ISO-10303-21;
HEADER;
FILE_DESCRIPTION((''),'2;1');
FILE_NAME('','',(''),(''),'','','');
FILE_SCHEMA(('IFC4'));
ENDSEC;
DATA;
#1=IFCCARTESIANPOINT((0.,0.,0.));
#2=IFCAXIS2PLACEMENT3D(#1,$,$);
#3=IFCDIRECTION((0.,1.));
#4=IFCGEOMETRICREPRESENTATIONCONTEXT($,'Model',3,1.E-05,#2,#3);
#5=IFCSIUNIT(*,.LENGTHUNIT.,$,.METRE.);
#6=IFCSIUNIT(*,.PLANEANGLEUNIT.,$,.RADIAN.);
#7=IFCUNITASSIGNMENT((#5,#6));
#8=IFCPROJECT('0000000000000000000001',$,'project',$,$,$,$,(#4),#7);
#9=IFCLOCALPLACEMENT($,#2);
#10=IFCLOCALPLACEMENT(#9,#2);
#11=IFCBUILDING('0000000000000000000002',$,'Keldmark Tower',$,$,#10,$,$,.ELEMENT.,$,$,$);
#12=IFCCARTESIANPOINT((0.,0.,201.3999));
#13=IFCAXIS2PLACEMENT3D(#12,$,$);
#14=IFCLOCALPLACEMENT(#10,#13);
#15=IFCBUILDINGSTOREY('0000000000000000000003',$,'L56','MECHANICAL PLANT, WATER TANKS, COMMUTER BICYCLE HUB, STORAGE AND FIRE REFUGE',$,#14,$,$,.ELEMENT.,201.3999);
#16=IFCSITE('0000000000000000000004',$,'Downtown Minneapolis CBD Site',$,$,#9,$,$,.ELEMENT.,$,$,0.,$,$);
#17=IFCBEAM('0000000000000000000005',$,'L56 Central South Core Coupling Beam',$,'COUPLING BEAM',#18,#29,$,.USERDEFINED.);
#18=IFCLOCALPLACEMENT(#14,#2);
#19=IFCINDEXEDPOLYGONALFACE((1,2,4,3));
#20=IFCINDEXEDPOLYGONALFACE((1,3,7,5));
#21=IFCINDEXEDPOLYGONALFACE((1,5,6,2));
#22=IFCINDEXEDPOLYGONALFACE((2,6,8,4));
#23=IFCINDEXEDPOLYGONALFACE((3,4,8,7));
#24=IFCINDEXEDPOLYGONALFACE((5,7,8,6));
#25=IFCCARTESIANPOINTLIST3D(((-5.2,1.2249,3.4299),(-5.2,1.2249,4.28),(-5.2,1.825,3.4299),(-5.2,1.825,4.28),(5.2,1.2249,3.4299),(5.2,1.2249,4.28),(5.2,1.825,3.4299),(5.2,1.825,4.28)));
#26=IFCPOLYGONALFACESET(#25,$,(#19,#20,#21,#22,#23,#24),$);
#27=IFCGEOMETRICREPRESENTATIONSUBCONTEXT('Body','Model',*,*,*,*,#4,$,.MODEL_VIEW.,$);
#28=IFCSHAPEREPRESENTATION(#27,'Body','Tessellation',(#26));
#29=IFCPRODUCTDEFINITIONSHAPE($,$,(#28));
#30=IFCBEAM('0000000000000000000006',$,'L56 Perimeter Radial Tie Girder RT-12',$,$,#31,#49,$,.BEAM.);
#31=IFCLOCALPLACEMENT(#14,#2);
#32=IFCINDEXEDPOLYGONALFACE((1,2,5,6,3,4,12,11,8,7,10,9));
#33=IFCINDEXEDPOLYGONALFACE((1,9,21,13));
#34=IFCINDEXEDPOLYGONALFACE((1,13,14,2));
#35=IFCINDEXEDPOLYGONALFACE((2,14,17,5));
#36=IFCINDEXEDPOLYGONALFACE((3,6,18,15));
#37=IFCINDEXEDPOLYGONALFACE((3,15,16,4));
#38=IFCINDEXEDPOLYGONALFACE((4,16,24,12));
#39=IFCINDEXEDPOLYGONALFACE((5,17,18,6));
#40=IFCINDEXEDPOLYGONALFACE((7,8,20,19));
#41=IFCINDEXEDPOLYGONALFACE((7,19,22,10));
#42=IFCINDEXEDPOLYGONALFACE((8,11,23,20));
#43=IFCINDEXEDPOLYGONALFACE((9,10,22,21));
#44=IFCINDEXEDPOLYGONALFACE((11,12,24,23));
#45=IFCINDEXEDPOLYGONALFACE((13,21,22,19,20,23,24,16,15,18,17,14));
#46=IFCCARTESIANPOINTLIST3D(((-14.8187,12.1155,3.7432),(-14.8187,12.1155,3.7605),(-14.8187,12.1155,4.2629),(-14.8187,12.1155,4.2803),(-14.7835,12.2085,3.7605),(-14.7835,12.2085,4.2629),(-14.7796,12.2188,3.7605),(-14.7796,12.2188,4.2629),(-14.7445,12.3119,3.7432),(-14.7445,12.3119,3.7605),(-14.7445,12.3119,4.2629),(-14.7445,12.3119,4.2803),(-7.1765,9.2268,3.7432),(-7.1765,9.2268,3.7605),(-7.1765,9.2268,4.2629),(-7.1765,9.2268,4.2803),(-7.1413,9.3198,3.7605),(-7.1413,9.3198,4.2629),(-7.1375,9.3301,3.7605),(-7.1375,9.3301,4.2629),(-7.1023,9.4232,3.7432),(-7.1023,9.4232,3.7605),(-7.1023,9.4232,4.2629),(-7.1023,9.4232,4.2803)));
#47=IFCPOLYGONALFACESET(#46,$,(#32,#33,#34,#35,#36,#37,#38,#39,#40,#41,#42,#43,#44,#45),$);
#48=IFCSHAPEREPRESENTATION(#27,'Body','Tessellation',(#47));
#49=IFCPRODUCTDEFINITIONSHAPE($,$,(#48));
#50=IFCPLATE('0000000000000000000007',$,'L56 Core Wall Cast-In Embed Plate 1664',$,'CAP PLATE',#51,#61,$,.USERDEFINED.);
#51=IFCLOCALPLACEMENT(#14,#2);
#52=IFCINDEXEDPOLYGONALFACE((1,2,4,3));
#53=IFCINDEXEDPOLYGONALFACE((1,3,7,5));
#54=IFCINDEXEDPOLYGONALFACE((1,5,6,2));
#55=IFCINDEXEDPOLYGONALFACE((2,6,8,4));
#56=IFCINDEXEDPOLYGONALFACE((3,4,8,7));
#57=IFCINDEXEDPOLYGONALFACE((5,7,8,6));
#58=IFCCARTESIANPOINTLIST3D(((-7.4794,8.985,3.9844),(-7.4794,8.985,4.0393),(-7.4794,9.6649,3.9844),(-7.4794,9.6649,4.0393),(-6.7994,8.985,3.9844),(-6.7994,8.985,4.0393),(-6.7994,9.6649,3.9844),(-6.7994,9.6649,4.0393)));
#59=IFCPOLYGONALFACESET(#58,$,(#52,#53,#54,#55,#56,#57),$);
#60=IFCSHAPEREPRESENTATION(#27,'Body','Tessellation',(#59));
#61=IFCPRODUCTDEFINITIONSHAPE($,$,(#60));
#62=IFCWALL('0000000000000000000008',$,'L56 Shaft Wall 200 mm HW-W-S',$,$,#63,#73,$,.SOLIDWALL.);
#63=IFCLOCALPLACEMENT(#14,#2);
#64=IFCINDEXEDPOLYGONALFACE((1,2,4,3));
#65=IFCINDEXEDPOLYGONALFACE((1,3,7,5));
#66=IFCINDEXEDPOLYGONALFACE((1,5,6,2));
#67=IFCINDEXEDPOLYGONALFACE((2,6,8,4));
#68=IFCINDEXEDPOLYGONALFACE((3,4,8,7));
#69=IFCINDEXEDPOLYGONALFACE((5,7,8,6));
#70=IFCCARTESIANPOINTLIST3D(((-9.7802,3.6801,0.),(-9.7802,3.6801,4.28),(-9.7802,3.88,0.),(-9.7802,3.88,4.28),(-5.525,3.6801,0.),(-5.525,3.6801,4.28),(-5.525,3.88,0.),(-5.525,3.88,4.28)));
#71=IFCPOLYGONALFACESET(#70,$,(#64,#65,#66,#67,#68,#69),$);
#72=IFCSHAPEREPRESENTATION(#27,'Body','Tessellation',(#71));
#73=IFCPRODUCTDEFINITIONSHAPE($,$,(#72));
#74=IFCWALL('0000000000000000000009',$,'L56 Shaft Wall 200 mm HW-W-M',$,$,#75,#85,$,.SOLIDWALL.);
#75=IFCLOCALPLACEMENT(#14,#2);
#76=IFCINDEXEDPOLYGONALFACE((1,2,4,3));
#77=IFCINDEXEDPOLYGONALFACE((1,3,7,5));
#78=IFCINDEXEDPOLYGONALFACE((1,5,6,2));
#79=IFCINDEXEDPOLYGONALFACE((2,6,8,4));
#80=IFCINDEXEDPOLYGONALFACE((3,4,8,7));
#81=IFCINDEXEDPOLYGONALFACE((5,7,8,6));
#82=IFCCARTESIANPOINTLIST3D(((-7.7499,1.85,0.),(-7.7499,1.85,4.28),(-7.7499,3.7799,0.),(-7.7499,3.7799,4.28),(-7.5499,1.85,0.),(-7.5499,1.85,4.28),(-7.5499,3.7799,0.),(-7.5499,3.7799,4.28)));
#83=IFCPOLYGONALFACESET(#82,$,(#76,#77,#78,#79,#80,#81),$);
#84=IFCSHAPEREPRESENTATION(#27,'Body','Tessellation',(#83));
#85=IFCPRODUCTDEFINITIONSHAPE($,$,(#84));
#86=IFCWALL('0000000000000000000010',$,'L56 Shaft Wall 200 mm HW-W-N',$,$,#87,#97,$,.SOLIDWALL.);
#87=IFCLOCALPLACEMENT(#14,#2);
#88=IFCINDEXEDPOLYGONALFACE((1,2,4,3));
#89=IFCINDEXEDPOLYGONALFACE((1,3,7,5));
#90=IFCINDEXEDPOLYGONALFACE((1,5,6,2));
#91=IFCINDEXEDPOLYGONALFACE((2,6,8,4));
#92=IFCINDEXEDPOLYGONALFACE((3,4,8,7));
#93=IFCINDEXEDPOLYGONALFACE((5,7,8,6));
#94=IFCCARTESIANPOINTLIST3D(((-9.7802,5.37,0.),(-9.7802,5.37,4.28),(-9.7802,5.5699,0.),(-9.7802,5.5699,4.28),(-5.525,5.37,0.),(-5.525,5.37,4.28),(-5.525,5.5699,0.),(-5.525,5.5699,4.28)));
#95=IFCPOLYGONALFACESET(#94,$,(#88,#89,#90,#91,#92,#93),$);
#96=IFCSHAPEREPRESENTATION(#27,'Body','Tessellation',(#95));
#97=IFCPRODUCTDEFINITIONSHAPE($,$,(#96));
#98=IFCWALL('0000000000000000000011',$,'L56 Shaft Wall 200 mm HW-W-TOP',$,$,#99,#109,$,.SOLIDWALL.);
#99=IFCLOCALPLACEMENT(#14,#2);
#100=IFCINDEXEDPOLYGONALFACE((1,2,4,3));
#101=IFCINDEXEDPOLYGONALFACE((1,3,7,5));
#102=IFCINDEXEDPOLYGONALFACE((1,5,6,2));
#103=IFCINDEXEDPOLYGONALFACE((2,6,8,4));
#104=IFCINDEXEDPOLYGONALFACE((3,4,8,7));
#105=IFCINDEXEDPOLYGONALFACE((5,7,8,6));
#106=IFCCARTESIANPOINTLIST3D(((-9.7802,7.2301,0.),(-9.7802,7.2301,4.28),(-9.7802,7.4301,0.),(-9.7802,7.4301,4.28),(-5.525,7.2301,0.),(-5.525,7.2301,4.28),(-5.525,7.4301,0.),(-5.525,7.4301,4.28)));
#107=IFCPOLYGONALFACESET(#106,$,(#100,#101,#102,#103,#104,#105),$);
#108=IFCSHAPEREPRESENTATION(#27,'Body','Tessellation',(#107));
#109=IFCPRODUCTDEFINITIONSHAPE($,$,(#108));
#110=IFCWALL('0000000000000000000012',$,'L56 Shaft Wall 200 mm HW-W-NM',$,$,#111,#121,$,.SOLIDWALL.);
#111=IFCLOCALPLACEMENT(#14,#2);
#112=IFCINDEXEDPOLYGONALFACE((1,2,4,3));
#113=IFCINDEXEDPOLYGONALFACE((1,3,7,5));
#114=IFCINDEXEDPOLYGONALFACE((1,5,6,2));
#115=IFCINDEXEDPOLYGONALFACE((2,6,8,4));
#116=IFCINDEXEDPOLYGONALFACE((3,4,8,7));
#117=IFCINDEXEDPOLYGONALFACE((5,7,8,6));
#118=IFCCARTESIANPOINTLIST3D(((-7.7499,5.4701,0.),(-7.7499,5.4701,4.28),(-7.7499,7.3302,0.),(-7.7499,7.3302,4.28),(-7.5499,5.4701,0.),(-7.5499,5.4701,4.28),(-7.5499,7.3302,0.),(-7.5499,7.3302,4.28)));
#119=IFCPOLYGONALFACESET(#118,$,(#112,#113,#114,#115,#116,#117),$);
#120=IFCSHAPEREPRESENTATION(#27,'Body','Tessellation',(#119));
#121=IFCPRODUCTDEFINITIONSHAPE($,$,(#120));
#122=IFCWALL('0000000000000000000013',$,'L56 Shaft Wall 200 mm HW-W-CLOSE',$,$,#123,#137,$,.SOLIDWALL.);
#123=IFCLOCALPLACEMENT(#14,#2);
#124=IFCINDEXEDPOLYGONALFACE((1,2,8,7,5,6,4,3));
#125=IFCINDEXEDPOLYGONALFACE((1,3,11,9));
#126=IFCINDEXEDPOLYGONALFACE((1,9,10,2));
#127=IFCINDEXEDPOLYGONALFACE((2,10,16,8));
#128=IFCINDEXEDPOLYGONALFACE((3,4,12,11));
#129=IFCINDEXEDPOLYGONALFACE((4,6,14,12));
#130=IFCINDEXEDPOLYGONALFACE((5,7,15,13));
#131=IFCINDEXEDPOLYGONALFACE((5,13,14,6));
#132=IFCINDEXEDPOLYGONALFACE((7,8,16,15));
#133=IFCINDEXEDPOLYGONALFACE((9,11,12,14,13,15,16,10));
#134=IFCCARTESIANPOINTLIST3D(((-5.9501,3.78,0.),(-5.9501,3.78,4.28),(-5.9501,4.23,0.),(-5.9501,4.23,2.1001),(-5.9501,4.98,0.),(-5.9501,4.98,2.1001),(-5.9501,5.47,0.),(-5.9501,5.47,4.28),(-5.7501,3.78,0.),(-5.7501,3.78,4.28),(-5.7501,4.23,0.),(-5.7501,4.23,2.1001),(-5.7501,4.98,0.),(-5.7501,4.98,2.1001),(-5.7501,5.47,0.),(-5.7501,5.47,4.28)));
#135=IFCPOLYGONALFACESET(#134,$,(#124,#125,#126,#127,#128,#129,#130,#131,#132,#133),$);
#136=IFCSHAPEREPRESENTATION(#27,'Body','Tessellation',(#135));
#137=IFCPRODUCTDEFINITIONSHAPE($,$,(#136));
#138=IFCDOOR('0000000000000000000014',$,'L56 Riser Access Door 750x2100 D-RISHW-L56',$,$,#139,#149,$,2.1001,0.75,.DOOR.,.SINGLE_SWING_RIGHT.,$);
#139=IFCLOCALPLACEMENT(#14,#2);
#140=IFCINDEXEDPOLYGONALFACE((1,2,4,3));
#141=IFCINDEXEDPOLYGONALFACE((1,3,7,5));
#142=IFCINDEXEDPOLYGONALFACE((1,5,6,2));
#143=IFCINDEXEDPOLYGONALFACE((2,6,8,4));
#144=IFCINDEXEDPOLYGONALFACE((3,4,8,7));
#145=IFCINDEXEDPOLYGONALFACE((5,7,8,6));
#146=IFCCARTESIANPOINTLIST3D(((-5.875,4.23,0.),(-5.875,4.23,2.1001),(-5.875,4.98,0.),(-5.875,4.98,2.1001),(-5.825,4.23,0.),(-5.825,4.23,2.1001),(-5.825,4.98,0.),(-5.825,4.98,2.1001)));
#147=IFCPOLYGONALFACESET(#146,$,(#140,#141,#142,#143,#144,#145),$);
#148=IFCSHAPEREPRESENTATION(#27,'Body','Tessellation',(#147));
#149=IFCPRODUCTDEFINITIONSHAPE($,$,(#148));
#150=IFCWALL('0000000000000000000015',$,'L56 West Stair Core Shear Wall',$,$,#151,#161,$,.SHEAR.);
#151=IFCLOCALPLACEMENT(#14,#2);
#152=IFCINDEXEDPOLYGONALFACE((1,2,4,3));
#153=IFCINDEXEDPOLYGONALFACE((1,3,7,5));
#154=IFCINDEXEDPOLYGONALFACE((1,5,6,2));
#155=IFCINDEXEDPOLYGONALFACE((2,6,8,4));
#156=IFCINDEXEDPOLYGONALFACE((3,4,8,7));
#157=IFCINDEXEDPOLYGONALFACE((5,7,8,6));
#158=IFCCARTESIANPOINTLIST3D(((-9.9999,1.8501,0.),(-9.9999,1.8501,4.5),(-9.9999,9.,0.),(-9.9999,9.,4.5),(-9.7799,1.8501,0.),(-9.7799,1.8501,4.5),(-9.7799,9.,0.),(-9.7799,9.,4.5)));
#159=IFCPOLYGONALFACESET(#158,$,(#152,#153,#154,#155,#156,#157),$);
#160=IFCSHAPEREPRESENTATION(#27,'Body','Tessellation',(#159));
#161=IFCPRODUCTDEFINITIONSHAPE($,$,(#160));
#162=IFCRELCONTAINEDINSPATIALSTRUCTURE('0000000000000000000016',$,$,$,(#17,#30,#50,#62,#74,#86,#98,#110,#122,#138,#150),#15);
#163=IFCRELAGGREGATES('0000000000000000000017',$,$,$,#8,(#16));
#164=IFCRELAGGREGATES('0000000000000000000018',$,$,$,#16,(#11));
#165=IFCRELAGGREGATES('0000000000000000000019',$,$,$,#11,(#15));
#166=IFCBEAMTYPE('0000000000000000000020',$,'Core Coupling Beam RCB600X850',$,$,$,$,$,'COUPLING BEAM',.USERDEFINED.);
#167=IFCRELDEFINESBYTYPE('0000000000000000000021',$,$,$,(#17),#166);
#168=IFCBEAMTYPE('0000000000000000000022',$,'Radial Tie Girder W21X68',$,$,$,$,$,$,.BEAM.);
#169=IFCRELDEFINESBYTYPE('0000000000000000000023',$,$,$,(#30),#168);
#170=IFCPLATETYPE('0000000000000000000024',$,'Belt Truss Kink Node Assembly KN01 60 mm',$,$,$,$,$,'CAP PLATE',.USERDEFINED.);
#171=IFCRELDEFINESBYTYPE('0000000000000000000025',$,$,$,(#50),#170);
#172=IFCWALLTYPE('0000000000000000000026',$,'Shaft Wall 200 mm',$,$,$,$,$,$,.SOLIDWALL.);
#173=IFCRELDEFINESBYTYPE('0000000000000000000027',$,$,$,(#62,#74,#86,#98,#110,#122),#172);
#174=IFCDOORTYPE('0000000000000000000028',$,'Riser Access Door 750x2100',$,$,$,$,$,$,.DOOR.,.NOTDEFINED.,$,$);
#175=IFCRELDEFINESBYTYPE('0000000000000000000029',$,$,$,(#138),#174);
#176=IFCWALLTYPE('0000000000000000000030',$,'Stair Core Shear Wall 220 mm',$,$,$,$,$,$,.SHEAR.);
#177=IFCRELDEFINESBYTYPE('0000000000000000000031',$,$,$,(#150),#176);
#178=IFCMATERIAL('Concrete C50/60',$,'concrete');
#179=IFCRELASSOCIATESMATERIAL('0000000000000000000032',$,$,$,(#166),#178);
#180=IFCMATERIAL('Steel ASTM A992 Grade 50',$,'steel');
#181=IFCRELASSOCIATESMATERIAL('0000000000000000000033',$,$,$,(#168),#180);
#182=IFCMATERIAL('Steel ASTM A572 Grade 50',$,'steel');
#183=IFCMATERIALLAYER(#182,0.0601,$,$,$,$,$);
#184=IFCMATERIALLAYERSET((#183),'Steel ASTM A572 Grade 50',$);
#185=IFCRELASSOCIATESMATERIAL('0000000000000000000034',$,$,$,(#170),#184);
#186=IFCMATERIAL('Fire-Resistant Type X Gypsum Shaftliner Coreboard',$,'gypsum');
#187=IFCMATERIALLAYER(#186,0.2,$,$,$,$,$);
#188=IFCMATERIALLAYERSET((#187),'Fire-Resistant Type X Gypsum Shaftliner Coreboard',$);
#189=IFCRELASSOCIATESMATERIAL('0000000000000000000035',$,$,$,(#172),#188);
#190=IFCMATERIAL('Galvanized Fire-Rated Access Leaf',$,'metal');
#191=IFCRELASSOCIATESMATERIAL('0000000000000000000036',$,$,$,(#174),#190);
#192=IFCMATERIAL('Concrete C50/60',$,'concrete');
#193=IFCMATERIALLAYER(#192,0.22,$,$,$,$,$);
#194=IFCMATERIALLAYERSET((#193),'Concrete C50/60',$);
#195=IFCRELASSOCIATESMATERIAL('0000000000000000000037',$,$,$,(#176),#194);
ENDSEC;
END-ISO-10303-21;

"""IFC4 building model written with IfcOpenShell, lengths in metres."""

from ifc_helpers import new_model, si_unit, direction, frame, frame_2d, origin, origin_2d, place, context, subcontext, project, spatial, rectangle, i_section, extrude, material, layer, layer_set, material_profile, profile_set, type_object, element, fill, save


model = new_model("IFC4")

# Units and contexts
model_context = context("Model", 3, precision=1e-05, world=origin(), true_north=direction((0.0, 1.0)))
body_context = subcontext(model_context, "Body", "Model", "MODEL_VIEW")
ifc_project = project(units=[si_unit("LENGTHUNIT", "METRE"), si_unit("PLANEANGLEUNIT", "RADIAN")], contexts=[model_context])

# Site, building, storey
site_placement = place(None, origin())
site = spatial("IfcSite", under=ifc_project, at=site_placement, Name="Downtown Minneapolis CBD Site", CompositionType="ELEMENT", RefElevation=0.0)
building_placement = place(site_placement, origin())
building = spatial("IfcBuilding", under=site, at=building_placement, Name="Keldmark Tower", CompositionType="ELEMENT")
storey_placement = place(building_placement, frame((0.0, 0.0, 201.3999)))
storey = spatial("IfcBuildingStorey", under=building, at=storey_placement, Name="L56", Description="MECHANICAL PLANT, WATER TANKS, COMMUTER BICYCLE HUB, STORAGE AND FIRE REFUGE", CompositionType="ELEMENT", Elevation=201.3999)

# Beams
ifc_material_1 = material(Name="Concrete C50/60", Category="concrete")
ifc_material_profile_1 = material_profile(ifc_material_1, rectangle(XDim=0.6001, YDim=0.8501, at=origin_2d()), Name="RCB600X850")
ifc_profile_set_1 = profile_set([ifc_material_profile_1], Name="Concrete C50/60")
beam_type_1 = type_object("IfcBeamType", Name="Core Coupling Beam RCB600X850", ElementType="COUPLING BEAM", PredefinedType="USERDEFINED", material=ifc_profile_set_1)
beam_1_placement = place(storey_placement, frame((-5.2, 1.5249, 3.855), z_axis=(1.0, 0.0, 0.0), x_axis=(0.0, 1.0, 0.0)))
element("IfcBeam", 1, at=beam_1_placement, inside=storey, type_object=beam_type_1, Name="L56 Central South Core Coupling Beam", ObjectType="COUPLING BEAM", PredefinedType="USERDEFINED", context=body_context, shape_type="SweptSolid", body=[
    extrude(rectangle(XDim=0.6001, YDim=0.8501, at=origin_2d()), origin(), (0.0, 0.0, 1.0), 10.3999),
])
ifc_material_2 = material(Name="Steel ASTM A992 Grade 50", Category="steel")
ifc_material_profile_2 = material_profile(ifc_material_2, i_section(OverallWidth=0.21, OverallDepth=0.5371, WebThickness=0.011, FlangeThickness=0.0173, at=origin_2d()), Name="W21X68")
ifc_profile_set_2 = profile_set([ifc_material_profile_2], Name="Steel ASTM A992 Grade 50")
beam_type_2 = type_object("IfcBeamType", Name="Radial Tie Girder W21X68", PredefinedType="BEAM", material=ifc_profile_set_2)
beam_2_placement = place(storey_placement, frame((-7.1394, 9.325, 4.0117), z_axis=(-0.935405, 0.353578, 0.0), x_axis=(-0.353578, -0.935405, 0.0)))
element("IfcBeam", 2, at=beam_2_placement, inside=storey, type_object=beam_type_2, Name="L56 Perimeter Radial Tie Girder RT-12", PredefinedType="BEAM", context=body_context, shape_type="SweptSolid", body=[
    extrude(i_section(OverallWidth=0.21, OverallDepth=0.5371, WebThickness=0.011, FlangeThickness=0.0173, at=origin_2d()), origin(), (0.0, 0.0, 1.0), 8.1699),
])

# Plate
ifc_material_3 = material(Name="Steel ASTM A572 Grade 50", Category="steel")
ifc_layer_1 = layer(ifc_material_3, 0.0601)
ifc_layer_set_1 = layer_set([ifc_layer_1], Name="Steel ASTM A572 Grade 50")
plate_type = type_object("IfcPlateType", Name="Belt Truss Kink Node Assembly KN01 60 mm", ElementType="CAP PLATE", PredefinedType="USERDEFINED", material=ifc_layer_set_1)
plate_placement = place(storey_placement, frame((-7.1394, 9.325, 3.9844), z_axis=(0.0, 0.0, 1.0), x_axis=(1.0, 0.0, 0.0)))
element("IfcPlate", 3, at=plate_placement, inside=storey, type_object=plate_type, Name="L56 Core Wall Cast-In Embed Plate 1664", ObjectType="CAP PLATE", PredefinedType="USERDEFINED", context=body_context, shape_type="SweptSolid", body=[
    extrude(rectangle(XDim=0.6799, YDim=0.6799, at=origin_2d()), origin(), (0.0, 0.0, 1.0), 0.0549),
])

# Walls
ifc_material_4 = material(Name="Fire-Resistant Type X Gypsum Shaftliner Coreboard", Category="gypsum")
ifc_layer_2 = layer(ifc_material_4, 0.2)
ifc_layer_set_2 = layer_set([ifc_layer_2], Name="Fire-Resistant Type X Gypsum Shaftliner Coreboard")
wall_type_1 = type_object("IfcWallType", Name="Shaft Wall 200 mm", PredefinedType="SOLIDWALL", material=ifc_layer_set_2)
wall_1_placement = place(storey_placement, frame((-9.78, 3.78, 0.0), z_axis=(0.0, 0.0, 1.0), x_axis=(1.0, 0.0, 0.0)))
element("IfcWall", 4, at=wall_1_placement, inside=storey, type_object=wall_type_1, Name="L56 Shaft Wall 200 mm HW-W-S", PredefinedType="SOLIDWALL", context=body_context, shape_type="SweptSolid", body=[
    extrude(rectangle(XDim=4.2551, YDim=0.2, at=frame_2d((2.1274, 0.0))), origin(), (0.0, 0.0, 1.0), 4.28),
])
wall_2_placement = place(storey_placement, frame((-7.6499, 1.8501, 0.0), z_axis=(0.0, 0.0, 1.0), x_axis=(0.0, 1.0, 0.0)))
element("IfcWall", 5, at=wall_2_placement, inside=storey, type_object=wall_type_1, Name="L56 Shaft Wall 200 mm HW-W-M", PredefinedType="SOLIDWALL", context=body_context, shape_type="SweptSolid", body=[
    extrude(rectangle(XDim=1.9299, YDim=0.2, at=frame_2d((0.9648, 0.0))), origin(), (0.0, 0.0, 1.0), 4.28),
])
for number, where, z_axis, x_axis, name in (
    (6, (-9.78, 5.47, 0.0), (0.0, 0.0, 1.0), (1.0, 0.0, 0.0), "L56 Shaft Wall 200 mm HW-W-N"),
    (7, (-9.78, 7.3301, 0.0), (0.0, 0.0, 1.0), (1.0, 0.0, 0.0), "L56 Shaft Wall 200 mm HW-W-TOP"),
):
    element("IfcWall", number, at=place(storey_placement, frame(where, z_axis=z_axis, x_axis=x_axis)), inside=storey, type_object=wall_type_1, Name=name, PredefinedType="SOLIDWALL", context=body_context, shape_type="SweptSolid", body=[
        extrude(rectangle(XDim=4.2551, YDim=0.2, at=frame_2d((2.1274, 0.0))), origin(), (0.0, 0.0, 1.0), 4.28),
    ])
wall_3_placement = place(storey_placement, frame((-7.6499, 5.47, 0.0), z_axis=(0.0, 0.0, 1.0), x_axis=(0.0, 1.0, 0.0)))
element("IfcWall", 8, at=wall_3_placement, inside=storey, type_object=wall_type_1, Name="L56 Shaft Wall 200 mm HW-W-NM", PredefinedType="SOLIDWALL", context=body_context, shape_type="SweptSolid", body=[
    extrude(rectangle(XDim=1.8601, YDim=0.2, at=frame_2d((0.9302, 0.0))), origin(), (0.0, 0.0, 1.0), 4.28),
])

# Wall, opening, door
wall_4_placement = place(storey_placement, frame((-5.8501, 3.78, 0.0), z_axis=(0.0, 0.0, 1.0), x_axis=(0.0, 1.0, 0.0)))
wall_4 = element("IfcWall", 9, at=wall_4_placement, inside=storey, type_object=wall_type_1, Name="L56 Shaft Wall 200 mm HW-W-CLOSE", PredefinedType="SOLIDWALL", context=body_context, shape_type="SweptSolid", body=[
    extrude(rectangle(XDim=1.6899, YDim=0.2, at=frame_2d((0.845, 0.0))), origin(), (0.0, 0.0, 1.0), 4.28),
])
opening_placement = place(wall_4_placement, frame((0.45, 0.0, 0.0)))
opening = element("IfcOpeningElement", 10, at=opening_placement, cuts=wall_4, PredefinedType="OPENING", context=body_context, shape_type="SweptSolid", body=[
    extrude(rectangle(XDim=0.75, YDim=2.1001, at=frame_2d((0.375, 1.05))), frame((0.0, 0.1099, 0.0), z_axis=(0.0, -1.0, 0.0), x_axis=(1.0, 0.0, 0.0)), (0.0, 0.0, 1.0), 0.22),
])
ifc_material_5 = material(Name="Galvanized Fire-Rated Access Leaf", Category="metal")
door_type = type_object("IfcDoorType", Name="Riser Access Door 750x2100", OperationType="NOTDEFINED", PredefinedType="DOOR", material=ifc_material_5)
door_placement = place(opening_placement, origin())
door = element("IfcDoor", 11, at=door_placement, inside=storey, type_object=door_type, Name="L56 Riser Access Door 750x2100 D-RISHW-L56", OperationType="SINGLE_SWING_RIGHT", OverallHeight=2.1001, OverallWidth=0.75, PredefinedType="DOOR", context=body_context, shape_type="SweptSolid", body=[
    extrude(rectangle(XDim=0.75, YDim=2.1001, at=frame_2d((0.375, 1.05))), frame((0.0, 0.0249, 0.0), z_axis=(0.0, -1.0, 0.0), x_axis=(1.0, 0.0, 0.0)), (0.0, 0.0, 1.0), 0.05),
])
fill(opening, door)

# Wall
ifc_material_6 = material(Name="Concrete C50/60", Category="concrete")
ifc_layer_3 = layer(ifc_material_6, 0.22)
ifc_layer_set_3 = layer_set([ifc_layer_3], Name="Concrete C50/60")
wall_type_2 = type_object("IfcWallType", Name="Stair Core Shear Wall 220 mm", PredefinedType="SHEAR", material=ifc_layer_set_3)
wall_5_placement = place(storey_placement, frame((-9.8899, 1.8501, 0.0), z_axis=(0.0, 0.0, 1.0), x_axis=(0.0, 1.0, 0.0)))
element("IfcWall", 12, at=wall_5_placement, inside=storey, type_object=wall_type_2, Name="L56 West Stair Core Shear Wall", PredefinedType="SHEAR", context=body_context, shape_type="SweptSolid", body=[
    extrude(rectangle(XDim=7.1499, YDim=0.22, at=frame_2d((3.575, 0.0))), origin(), (0.0, 0.0, 1.0), 4.5),
])

save(model, "model.ifc")
